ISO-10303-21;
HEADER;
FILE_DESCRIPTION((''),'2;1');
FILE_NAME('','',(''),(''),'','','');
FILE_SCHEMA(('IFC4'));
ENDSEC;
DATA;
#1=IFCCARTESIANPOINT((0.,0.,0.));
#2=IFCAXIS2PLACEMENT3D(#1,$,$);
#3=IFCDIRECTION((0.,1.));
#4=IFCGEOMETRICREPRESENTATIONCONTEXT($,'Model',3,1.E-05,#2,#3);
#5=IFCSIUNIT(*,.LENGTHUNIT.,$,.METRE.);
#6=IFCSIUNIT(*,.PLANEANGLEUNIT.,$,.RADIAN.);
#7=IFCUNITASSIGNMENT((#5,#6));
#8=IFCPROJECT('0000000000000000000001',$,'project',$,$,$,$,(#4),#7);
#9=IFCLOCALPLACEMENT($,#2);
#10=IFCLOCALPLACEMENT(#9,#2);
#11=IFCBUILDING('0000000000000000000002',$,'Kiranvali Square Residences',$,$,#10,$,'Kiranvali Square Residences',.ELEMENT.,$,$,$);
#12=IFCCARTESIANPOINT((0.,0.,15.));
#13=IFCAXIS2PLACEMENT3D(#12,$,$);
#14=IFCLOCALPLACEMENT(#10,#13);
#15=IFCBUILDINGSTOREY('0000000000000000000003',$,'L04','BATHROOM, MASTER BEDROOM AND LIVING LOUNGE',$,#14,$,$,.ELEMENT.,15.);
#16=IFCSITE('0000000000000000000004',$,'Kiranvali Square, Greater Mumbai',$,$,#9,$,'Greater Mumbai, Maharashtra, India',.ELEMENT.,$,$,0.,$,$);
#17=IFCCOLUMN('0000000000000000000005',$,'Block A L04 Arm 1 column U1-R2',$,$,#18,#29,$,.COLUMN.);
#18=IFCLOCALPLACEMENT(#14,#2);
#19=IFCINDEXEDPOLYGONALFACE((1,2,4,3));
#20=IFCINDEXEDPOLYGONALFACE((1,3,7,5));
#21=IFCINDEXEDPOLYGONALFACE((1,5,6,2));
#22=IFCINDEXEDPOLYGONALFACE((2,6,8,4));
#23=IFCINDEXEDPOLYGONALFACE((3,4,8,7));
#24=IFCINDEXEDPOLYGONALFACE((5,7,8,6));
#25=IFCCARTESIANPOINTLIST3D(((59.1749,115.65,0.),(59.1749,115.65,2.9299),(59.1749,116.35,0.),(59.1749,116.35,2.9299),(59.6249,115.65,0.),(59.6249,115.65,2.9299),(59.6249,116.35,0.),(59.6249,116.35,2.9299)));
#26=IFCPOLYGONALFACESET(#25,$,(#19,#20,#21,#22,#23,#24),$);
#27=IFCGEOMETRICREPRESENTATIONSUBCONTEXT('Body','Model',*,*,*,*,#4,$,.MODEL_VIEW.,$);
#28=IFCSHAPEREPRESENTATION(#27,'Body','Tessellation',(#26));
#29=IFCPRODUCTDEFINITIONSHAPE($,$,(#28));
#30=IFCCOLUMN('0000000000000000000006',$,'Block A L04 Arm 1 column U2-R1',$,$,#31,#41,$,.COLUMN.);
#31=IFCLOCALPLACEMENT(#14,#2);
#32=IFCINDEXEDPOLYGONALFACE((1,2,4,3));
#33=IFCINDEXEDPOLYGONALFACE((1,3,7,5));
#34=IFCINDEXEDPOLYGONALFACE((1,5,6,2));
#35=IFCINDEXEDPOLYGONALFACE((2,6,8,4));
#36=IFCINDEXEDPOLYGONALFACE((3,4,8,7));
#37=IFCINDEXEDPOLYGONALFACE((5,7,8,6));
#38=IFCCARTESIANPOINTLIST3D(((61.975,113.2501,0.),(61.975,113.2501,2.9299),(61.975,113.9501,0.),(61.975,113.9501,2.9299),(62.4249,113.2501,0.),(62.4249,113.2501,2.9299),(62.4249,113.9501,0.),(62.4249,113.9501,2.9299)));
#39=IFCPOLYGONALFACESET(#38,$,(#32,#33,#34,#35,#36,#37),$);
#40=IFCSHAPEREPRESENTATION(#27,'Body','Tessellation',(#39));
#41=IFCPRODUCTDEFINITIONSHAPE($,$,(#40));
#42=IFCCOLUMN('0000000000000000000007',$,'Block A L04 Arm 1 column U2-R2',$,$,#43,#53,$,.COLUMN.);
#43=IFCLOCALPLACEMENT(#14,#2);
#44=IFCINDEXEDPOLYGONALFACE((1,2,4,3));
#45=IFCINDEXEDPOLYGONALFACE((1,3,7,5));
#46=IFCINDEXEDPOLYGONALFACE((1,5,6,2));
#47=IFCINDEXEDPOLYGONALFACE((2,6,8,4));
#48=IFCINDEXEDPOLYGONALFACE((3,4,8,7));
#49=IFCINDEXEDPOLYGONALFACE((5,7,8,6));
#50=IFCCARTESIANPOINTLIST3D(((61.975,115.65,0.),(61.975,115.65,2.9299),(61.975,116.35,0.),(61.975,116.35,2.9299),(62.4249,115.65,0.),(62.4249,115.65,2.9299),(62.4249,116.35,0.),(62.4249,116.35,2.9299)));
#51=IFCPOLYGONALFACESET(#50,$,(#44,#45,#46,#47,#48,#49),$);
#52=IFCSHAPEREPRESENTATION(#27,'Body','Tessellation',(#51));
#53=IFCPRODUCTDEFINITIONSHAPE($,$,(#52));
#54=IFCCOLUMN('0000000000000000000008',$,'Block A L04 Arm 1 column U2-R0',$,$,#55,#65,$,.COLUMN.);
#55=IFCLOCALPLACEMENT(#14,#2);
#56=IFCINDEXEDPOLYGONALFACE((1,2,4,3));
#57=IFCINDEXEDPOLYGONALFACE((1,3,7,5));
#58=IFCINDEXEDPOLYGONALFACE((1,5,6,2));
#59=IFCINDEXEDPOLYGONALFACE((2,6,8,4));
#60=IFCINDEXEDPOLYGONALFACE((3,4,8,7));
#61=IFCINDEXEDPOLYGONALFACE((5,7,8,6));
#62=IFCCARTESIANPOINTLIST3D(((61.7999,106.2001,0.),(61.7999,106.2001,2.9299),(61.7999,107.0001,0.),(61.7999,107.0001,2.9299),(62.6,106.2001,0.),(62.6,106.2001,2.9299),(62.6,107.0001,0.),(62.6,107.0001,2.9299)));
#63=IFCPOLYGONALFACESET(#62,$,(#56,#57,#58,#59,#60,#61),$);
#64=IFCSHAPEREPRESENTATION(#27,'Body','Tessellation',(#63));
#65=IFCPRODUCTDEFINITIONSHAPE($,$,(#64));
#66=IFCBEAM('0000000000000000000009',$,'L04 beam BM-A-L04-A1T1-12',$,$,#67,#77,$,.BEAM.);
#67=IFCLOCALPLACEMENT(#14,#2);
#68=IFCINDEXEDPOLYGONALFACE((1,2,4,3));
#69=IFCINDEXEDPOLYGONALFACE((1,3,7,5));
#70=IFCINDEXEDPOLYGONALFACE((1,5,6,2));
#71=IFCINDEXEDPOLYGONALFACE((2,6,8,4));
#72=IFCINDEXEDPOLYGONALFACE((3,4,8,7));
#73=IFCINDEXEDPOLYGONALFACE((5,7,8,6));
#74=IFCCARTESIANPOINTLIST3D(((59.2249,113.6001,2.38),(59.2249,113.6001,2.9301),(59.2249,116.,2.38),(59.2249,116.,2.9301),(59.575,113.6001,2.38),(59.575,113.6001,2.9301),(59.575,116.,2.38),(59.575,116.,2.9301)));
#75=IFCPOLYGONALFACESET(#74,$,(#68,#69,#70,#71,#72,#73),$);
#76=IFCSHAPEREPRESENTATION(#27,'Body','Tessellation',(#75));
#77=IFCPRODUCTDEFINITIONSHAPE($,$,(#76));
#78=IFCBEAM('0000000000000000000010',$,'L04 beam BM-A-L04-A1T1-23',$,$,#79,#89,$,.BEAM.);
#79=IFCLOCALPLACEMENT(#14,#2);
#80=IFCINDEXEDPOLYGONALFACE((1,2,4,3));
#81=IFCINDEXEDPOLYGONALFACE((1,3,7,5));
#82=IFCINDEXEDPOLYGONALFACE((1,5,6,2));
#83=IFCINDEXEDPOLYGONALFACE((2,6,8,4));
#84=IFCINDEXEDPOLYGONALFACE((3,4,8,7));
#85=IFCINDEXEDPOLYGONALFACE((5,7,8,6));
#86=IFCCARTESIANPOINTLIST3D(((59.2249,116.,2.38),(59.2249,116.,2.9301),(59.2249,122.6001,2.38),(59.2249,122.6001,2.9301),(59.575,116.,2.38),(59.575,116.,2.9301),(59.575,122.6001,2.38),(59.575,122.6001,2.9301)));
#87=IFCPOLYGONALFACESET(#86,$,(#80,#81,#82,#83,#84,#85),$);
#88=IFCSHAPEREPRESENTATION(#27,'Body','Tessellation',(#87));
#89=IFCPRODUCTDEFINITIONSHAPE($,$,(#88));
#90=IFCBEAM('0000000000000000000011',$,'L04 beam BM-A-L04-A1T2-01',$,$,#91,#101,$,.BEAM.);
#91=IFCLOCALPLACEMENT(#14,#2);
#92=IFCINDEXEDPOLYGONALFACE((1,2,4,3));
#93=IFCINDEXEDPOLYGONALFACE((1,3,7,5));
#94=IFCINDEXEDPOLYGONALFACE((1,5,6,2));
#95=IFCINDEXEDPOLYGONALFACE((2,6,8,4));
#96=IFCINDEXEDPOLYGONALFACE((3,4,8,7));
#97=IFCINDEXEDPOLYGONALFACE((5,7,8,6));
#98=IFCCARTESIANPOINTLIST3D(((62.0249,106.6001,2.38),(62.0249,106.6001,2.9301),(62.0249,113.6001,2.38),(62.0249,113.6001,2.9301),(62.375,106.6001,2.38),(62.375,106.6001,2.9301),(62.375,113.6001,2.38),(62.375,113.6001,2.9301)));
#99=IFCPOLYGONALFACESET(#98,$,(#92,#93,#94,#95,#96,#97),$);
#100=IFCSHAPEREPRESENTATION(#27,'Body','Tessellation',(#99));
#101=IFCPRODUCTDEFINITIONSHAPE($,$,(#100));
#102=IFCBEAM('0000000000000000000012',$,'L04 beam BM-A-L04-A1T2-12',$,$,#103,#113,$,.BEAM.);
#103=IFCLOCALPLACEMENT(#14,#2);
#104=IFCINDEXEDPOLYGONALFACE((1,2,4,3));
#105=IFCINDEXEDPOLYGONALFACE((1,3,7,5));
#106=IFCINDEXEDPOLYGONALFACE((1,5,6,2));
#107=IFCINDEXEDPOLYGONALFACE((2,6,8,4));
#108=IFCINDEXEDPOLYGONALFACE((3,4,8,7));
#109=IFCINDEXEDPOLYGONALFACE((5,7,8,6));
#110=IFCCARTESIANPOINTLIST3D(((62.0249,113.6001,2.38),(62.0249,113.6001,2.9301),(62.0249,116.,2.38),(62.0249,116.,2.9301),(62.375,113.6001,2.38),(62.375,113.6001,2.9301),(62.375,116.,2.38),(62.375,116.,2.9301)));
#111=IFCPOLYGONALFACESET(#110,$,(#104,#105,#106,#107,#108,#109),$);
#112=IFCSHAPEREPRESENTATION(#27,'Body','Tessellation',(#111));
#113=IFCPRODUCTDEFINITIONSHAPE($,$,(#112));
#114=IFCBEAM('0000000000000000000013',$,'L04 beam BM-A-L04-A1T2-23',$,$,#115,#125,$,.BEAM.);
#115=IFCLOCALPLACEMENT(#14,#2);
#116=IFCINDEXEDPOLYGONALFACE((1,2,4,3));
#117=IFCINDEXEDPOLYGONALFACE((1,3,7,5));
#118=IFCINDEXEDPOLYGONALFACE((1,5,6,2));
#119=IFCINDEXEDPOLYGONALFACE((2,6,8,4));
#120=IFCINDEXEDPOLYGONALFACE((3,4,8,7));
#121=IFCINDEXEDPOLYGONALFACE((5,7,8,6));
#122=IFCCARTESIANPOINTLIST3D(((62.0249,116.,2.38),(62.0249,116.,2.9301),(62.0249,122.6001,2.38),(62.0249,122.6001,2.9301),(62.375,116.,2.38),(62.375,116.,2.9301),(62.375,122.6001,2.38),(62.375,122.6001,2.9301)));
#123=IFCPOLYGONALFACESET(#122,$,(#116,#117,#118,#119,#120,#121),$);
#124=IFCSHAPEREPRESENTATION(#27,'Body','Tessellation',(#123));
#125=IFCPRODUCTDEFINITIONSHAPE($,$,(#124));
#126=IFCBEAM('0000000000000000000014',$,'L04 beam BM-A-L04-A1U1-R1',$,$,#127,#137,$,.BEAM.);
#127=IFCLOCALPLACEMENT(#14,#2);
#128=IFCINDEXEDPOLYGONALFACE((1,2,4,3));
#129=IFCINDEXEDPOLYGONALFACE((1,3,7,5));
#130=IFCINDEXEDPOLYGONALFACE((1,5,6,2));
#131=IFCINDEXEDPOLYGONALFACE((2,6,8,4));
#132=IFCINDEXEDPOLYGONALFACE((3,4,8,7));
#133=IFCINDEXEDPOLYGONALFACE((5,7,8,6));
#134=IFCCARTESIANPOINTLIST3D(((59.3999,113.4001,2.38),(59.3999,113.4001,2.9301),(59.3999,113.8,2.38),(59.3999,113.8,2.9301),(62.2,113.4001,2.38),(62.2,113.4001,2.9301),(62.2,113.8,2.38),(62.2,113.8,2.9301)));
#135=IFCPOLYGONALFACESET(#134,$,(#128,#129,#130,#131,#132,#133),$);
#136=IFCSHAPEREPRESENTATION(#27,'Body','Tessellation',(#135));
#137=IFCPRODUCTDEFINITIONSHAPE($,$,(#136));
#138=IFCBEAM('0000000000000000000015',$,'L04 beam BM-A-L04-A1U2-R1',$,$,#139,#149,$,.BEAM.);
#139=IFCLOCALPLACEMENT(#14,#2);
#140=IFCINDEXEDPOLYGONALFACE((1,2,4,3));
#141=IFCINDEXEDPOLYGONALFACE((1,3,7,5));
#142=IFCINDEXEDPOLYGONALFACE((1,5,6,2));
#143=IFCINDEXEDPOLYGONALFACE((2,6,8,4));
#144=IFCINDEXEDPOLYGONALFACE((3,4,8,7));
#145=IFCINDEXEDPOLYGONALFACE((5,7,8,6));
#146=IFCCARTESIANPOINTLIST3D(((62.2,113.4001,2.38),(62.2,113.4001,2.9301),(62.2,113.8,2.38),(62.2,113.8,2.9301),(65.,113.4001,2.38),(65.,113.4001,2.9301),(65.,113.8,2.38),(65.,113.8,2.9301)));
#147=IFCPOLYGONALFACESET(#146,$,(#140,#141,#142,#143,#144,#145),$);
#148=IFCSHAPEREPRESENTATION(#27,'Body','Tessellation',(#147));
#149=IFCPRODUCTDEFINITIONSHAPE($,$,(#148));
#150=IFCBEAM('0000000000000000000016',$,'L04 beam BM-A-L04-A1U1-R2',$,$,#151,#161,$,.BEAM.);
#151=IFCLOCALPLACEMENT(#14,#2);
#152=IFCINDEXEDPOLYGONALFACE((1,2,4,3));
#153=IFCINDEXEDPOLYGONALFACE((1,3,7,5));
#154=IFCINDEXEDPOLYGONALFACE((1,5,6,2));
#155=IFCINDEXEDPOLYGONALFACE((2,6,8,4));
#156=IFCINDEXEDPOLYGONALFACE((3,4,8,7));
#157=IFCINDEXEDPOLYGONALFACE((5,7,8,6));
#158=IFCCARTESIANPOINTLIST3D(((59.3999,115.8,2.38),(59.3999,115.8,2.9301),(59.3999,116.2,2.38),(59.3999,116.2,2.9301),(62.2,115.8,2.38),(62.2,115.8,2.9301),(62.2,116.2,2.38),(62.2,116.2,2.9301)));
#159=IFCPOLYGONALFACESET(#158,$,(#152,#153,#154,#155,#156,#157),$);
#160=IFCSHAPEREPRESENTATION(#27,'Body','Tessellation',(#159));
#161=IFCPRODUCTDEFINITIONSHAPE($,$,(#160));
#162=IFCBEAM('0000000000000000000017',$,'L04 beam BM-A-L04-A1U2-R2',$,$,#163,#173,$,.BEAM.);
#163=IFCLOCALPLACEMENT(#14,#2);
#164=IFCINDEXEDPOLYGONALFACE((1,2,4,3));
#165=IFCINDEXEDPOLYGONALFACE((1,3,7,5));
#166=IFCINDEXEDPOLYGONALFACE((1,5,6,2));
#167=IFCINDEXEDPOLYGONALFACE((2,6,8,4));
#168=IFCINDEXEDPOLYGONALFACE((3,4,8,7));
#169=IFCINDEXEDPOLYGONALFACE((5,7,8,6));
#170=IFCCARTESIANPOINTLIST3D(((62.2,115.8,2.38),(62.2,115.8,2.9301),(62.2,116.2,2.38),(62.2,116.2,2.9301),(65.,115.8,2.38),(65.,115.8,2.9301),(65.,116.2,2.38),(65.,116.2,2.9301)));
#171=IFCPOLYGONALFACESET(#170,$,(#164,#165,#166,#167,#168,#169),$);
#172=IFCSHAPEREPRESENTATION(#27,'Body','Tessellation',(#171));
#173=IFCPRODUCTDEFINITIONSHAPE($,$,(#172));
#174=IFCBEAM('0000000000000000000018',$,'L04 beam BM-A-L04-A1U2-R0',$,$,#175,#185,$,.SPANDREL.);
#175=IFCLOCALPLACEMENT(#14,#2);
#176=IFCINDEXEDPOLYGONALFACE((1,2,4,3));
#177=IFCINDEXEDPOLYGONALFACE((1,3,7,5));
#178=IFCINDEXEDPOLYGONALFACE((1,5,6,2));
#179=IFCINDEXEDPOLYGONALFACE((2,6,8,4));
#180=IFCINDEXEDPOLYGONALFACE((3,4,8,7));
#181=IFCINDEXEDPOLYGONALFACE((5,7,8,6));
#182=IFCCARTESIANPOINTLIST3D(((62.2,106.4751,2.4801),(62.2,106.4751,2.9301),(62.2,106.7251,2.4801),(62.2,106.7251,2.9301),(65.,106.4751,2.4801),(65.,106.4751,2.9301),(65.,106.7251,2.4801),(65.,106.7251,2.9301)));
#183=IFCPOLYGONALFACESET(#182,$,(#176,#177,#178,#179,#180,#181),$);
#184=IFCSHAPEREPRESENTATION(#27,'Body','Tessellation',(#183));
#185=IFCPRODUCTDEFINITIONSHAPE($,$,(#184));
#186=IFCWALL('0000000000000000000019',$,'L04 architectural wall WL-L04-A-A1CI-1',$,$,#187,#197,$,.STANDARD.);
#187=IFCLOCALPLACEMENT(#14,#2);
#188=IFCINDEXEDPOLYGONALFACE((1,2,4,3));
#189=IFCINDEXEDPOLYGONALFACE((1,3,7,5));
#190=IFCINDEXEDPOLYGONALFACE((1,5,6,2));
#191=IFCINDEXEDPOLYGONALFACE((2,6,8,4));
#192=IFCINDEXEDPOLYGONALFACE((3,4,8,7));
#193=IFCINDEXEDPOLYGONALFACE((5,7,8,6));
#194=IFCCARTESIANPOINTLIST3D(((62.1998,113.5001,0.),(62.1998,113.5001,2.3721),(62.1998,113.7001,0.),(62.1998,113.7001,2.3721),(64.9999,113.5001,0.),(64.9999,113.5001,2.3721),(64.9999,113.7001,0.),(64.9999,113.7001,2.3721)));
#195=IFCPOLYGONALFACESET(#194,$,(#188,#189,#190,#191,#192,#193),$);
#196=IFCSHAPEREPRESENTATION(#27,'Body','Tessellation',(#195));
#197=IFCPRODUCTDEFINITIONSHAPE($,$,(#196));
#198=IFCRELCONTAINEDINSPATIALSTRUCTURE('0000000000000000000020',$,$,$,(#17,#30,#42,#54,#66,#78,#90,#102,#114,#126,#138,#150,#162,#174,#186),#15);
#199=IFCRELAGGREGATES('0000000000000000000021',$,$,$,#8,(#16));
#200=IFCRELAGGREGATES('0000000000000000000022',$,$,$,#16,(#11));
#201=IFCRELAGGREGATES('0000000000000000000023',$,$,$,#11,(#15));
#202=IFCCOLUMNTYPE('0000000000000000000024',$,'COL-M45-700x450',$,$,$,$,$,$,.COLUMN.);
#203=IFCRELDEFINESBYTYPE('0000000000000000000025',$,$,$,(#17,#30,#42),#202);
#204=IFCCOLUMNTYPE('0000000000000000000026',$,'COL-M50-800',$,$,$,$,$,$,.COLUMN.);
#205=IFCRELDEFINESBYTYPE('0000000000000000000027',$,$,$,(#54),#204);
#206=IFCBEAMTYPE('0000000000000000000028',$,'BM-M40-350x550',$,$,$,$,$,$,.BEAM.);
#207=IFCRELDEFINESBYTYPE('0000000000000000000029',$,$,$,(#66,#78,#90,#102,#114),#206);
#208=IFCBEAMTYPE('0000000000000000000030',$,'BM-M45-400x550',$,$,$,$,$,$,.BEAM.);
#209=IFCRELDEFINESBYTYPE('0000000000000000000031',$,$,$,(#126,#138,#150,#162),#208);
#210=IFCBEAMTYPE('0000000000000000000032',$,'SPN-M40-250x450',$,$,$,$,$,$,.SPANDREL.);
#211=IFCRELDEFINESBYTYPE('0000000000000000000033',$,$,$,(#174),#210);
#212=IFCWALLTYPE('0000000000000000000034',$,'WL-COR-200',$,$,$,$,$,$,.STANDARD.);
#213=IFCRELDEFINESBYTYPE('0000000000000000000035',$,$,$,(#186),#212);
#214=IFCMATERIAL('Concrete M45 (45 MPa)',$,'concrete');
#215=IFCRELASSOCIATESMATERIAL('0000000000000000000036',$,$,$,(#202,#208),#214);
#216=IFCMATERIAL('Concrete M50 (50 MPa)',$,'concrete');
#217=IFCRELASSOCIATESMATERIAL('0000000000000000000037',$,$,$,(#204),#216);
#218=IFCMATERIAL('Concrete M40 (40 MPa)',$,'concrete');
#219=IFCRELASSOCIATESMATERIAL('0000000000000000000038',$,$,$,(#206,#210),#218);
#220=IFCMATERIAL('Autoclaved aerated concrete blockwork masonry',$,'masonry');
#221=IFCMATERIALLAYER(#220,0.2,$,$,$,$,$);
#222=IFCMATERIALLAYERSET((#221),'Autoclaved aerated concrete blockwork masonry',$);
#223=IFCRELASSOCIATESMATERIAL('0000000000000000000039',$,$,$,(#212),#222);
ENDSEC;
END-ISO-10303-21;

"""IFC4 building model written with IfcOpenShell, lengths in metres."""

from ifc_helpers import new_model, si_unit, direction, frame, frame_2d, origin, origin_2d, place, context, subcontext, project, spatial, rectangle, extrude, material, layer, layer_set, material_profile, profile_set, type_object, element, save


model = new_model("IFC4")

# Units and contexts
model_context = context("Model", 3, precision=1e-05, world=origin(), true_north=direction((0.0, 1.0)))
body_context = subcontext(model_context, "Body", "Model", "MODEL_VIEW")
ifc_project = project(units=[si_unit("LENGTHUNIT", "METRE"), si_unit("PLANEANGLEUNIT", "RADIAN")], contexts=[model_context])

# Site, building, storey
site_placement = place(None, origin())
site = spatial("IfcSite", under=ifc_project, at=site_placement, Name="Kiranvali Square, Greater Mumbai", LongName="Greater Mumbai, Maharashtra, India", CompositionType="ELEMENT", RefElevation=0.0)
building_placement = place(site_placement, origin())
building = spatial("IfcBuilding", under=site, at=building_placement, Name="Kiranvali Square Residences", LongName="Kiranvali Square Residences", CompositionType="ELEMENT")
storey_placement = place(building_placement, frame((0.0, 0.0, 15.0)))
storey = spatial("IfcBuildingStorey", under=building, at=storey_placement, Name="L04", Description="BATHROOM, MASTER BEDROOM AND LIVING LOUNGE", CompositionType="ELEMENT", Elevation=15.0)

# Columns
ifc_material_1 = material(Name="Concrete M45 (45 MPa)", Category="concrete")
ifc_material_profile_1 = material_profile(ifc_material_1, rectangle(XDim=0.45, YDim=0.7, at=origin_2d()), Name="RC 700x450")
ifc_profile_set_1 = profile_set([ifc_material_profile_1], Name="Concrete M45 (45 MPa)")
column_type_1 = type_object("IfcColumnType", Name="COL-M45-700x450", PredefinedType="COLUMN", material=ifc_profile_set_1)
for number, where, z_axis, x_axis, name in (
    (1, (59.3999, 116.0, 0.0), (0.0, 0.0, 1.0), (1.0, 0.0, 0.0), "Block A L04 Arm 1 column U1-R2"),
    (2, (62.2, 113.6001, 0.0), (0.0, 0.0, 1.0), (1.0, 0.0, 0.0), "Block A L04 Arm 1 column U2-R1"),
    (3, (62.2, 116.0, 0.0), (0.0, 0.0, 1.0), (1.0, 0.0, 0.0), "Block A L04 Arm 1 column U2-R2"),
):
    element("IfcColumn", number, at=place(storey_placement, frame(where, z_axis=z_axis, x_axis=x_axis)), inside=storey, type_object=column_type_1, Name=name, PredefinedType="COLUMN", context=body_context, shape_type="SweptSolid", body=[
        extrude(rectangle(XDim=0.45, YDim=0.7, at=origin_2d()), origin(), (0.0, 0.0, 1.0), 2.9299),
    ])
ifc_material_2 = material(Name="Concrete M50 (50 MPa)", Category="concrete")
ifc_material_profile_2 = material_profile(ifc_material_2, rectangle(XDim=0.8, YDim=0.8, at=origin_2d()), Name="RC 800x800")
ifc_profile_set_2 = profile_set([ifc_material_profile_2], Name="Concrete M50 (50 MPa)")
column_type_2 = type_object("IfcColumnType", Name="COL-M50-800", PredefinedType="COLUMN", material=ifc_profile_set_2)
column_placement = place(storey_placement, frame((62.2, 106.6001, 0.0), z_axis=(0.0, 0.0, 1.0), x_axis=(1.0, 0.0, 0.0)))
element("IfcColumn", 4, at=column_placement, inside=storey, type_object=column_type_2, Name="Block A L04 Arm 1 column U2-R0", PredefinedType="COLUMN", context=body_context, shape_type="SweptSolid", body=[
    extrude(rectangle(XDim=0.8, YDim=0.8, at=origin_2d()), origin(), (0.0, 0.0, 1.0), 2.9299),
])

# Beams
ifc_material_3 = material(Name="Concrete M40 (40 MPa)", Category="concrete")
ifc_material_profile_3 = material_profile(ifc_material_3, rectangle(XDim=0.3501, YDim=0.55, at=origin_2d()), Name="RC 350x550")
ifc_profile_set_3 = profile_set([ifc_material_profile_3], Name="Concrete M40 (40 MPa)")
beam_type_1 = type_object("IfcBeamType", Name="BM-M40-350x550", PredefinedType="BEAM", material=ifc_profile_set_3)
beam_1_placement = place(storey_placement, frame((59.3999, 113.6001, 2.655), z_axis=(0.0, 1.0, 0.0), x_axis=(-1.0, 0.0, 0.0)))
element("IfcBeam", 5, at=beam_1_placement, inside=storey, type_object=beam_type_1, Name="L04 beam BM-A-L04-A1T1-12", PredefinedType="BEAM", context=body_context, shape_type="SweptSolid", body=[
    extrude(rectangle(XDim=0.3501, YDim=0.55, at=origin_2d()), origin(), (0.0, 0.0, 1.0), 2.3999),
])
beam_2_placement = place(storey_placement, frame((59.3999, 116.0, 2.655), z_axis=(0.0, 1.0, 0.0), x_axis=(-1.0, 0.0, 0.0)))
element("IfcBeam", 6, at=beam_2_placement, inside=storey, type_object=beam_type_1, Name="L04 beam BM-A-L04-A1T1-23", PredefinedType="BEAM", context=body_context, shape_type="SweptSolid", body=[
    extrude(rectangle(XDim=0.3501, YDim=0.55, at=origin_2d()), origin(), (0.0, 0.0, 1.0), 6.6001),
])
beam_3_placement = place(storey_placement, frame((62.2, 106.6001, 2.655), z_axis=(0.0, 1.0, 0.0), x_axis=(-1.0, 0.0, 0.0)))
element("IfcBeam", 7, at=beam_3_placement, inside=storey, type_object=beam_type_1, Name="L04 beam BM-A-L04-A1T2-01", PredefinedType="BEAM", context=body_context, shape_type="SweptSolid", body=[
    extrude(rectangle(XDim=0.3501, YDim=0.55, at=origin_2d()), origin(), (0.0, 0.0, 1.0), 7.0),
])
beam_4_placement = place(storey_placement, frame((62.2, 113.6001, 2.655), z_axis=(0.0, 1.0, 0.0), x_axis=(-1.0, 0.0, 0.0)))
element("IfcBeam", 8, at=beam_4_placement, inside=storey, type_object=beam_type_1, Name="L04 beam BM-A-L04-A1T2-12", PredefinedType="BEAM", context=body_context, shape_type="SweptSolid", body=[
    extrude(rectangle(XDim=0.3501, YDim=0.55, at=origin_2d()), origin(), (0.0, 0.0, 1.0), 2.3999),
])
beam_5_placement = place(storey_placement, frame((62.2, 116.0, 2.655), z_axis=(0.0, 1.0, 0.0), x_axis=(-1.0, 0.0, 0.0)))
element("IfcBeam", 9, at=beam_5_placement, inside=storey, type_object=beam_type_1, Name="L04 beam BM-A-L04-A1T2-23", PredefinedType="BEAM", context=body_context, shape_type="SweptSolid", body=[
    extrude(rectangle(XDim=0.3501, YDim=0.55, at=origin_2d()), origin(), (0.0, 0.0, 1.0), 6.6001),
])
ifc_material_profile_4 = material_profile(ifc_material_1, rectangle(XDim=0.3999, YDim=0.55, at=origin_2d()), Name="RC 400x550")
ifc_profile_set_4 = profile_set([ifc_material_profile_4], Name="Concrete M45 (45 MPa)")
beam_type_2 = type_object("IfcBeamType", Name="BM-M45-400x550", PredefinedType="BEAM", material=ifc_profile_set_4)
for number, where, z_axis, x_axis, name in (
    (10, (59.3999, 113.6001, 2.655), (1.0, 0.0, 0.0), (0.0, 1.0, 0.0), "L04 beam BM-A-L04-A1U1-R1"),
    (11, (62.2, 113.6001, 2.655), (1.0, 0.0, 0.0), (0.0, 1.0, 0.0), "L04 beam BM-A-L04-A1U2-R1"),
    (12, (59.3999, 116.0, 2.655), (1.0, 0.0, 0.0), (0.0, 1.0, 0.0), "L04 beam BM-A-L04-A1U1-R2"),
    (13, (62.2, 116.0, 2.655), (1.0, 0.0, 0.0), (0.0, 1.0, 0.0), "L04 beam BM-A-L04-A1U2-R2"),
):
    element("IfcBeam", number, at=place(storey_placement, frame(where, z_axis=z_axis, x_axis=x_axis)), inside=storey, type_object=beam_type_2, Name=name, PredefinedType="BEAM", context=body_context, shape_type="SweptSolid", body=[
        extrude(rectangle(XDim=0.3999, YDim=0.55, at=origin_2d()), origin(), (0.0, 0.0, 1.0), 2.8),
    ])
ifc_material_profile_5 = material_profile(ifc_material_3, rectangle(XDim=0.25, YDim=0.45, at=origin_2d()), Name="RC 250x450")
ifc_profile_set_5 = profile_set([ifc_material_profile_5], Name="Concrete M40 (40 MPa)")
beam_type_3 = type_object("IfcBeamType", Name="SPN-M40-250x450", PredefinedType="SPANDREL", material=ifc_profile_set_5)
beam_6_placement = place(storey_placement, frame((62.2, 106.6001, 2.7051), z_axis=(1.0, 0.0, 0.0), x_axis=(0.0, 1.0, 0.0)))
element("IfcBeam", 14, at=beam_6_placement, inside=storey, type_object=beam_type_3, Name="L04 beam BM-A-L04-A1U2-R0", PredefinedType="SPANDREL", context=body_context, shape_type="SweptSolid", body=[
    extrude(rectangle(XDim=0.25, YDim=0.45, at=origin_2d()), origin(), (0.0, 0.0, 1.0), 2.8),
])

# Shared definitions
ifc_material_4 = material(Name="Autoclaved aerated concrete blockwork masonry", Category="masonry")
ifc_layer_1 = layer(ifc_material_4, 0.2)
ifc_layer_set_1 = layer_set([ifc_layer_1], Name="Autoclaved aerated concrete blockwork masonry")
wall_type_1 = type_object("IfcWallType", Name="WL-COR-200", PredefinedType="STANDARD", material=ifc_layer_set_1)

# Wall
for number, where, z_axis, x_axis, name in (
    (15, (62.2, 113.6001, 0.0), (0.0, 0.0, 1.0), (1.0, 0.0, 0.0), "L04 architectural wall WL-L04-A-A1CI-1"),
):
    element("IfcWall", number, at=place(storey_placement, frame(where, z_axis=z_axis, x_axis=x_axis)), inside=storey, type_object=wall_type_1, Name=name, PredefinedType="STANDARD", context=body_context, shape_type="SweptSolid", body=[
        extrude(rectangle(XDim=2.8, YDim=0.2, at=frame_2d((1.3999, 0.0))), origin(), (0.0, 0.0, 1.0), 2.3721),
    ])

save(model, "model.ifc")
